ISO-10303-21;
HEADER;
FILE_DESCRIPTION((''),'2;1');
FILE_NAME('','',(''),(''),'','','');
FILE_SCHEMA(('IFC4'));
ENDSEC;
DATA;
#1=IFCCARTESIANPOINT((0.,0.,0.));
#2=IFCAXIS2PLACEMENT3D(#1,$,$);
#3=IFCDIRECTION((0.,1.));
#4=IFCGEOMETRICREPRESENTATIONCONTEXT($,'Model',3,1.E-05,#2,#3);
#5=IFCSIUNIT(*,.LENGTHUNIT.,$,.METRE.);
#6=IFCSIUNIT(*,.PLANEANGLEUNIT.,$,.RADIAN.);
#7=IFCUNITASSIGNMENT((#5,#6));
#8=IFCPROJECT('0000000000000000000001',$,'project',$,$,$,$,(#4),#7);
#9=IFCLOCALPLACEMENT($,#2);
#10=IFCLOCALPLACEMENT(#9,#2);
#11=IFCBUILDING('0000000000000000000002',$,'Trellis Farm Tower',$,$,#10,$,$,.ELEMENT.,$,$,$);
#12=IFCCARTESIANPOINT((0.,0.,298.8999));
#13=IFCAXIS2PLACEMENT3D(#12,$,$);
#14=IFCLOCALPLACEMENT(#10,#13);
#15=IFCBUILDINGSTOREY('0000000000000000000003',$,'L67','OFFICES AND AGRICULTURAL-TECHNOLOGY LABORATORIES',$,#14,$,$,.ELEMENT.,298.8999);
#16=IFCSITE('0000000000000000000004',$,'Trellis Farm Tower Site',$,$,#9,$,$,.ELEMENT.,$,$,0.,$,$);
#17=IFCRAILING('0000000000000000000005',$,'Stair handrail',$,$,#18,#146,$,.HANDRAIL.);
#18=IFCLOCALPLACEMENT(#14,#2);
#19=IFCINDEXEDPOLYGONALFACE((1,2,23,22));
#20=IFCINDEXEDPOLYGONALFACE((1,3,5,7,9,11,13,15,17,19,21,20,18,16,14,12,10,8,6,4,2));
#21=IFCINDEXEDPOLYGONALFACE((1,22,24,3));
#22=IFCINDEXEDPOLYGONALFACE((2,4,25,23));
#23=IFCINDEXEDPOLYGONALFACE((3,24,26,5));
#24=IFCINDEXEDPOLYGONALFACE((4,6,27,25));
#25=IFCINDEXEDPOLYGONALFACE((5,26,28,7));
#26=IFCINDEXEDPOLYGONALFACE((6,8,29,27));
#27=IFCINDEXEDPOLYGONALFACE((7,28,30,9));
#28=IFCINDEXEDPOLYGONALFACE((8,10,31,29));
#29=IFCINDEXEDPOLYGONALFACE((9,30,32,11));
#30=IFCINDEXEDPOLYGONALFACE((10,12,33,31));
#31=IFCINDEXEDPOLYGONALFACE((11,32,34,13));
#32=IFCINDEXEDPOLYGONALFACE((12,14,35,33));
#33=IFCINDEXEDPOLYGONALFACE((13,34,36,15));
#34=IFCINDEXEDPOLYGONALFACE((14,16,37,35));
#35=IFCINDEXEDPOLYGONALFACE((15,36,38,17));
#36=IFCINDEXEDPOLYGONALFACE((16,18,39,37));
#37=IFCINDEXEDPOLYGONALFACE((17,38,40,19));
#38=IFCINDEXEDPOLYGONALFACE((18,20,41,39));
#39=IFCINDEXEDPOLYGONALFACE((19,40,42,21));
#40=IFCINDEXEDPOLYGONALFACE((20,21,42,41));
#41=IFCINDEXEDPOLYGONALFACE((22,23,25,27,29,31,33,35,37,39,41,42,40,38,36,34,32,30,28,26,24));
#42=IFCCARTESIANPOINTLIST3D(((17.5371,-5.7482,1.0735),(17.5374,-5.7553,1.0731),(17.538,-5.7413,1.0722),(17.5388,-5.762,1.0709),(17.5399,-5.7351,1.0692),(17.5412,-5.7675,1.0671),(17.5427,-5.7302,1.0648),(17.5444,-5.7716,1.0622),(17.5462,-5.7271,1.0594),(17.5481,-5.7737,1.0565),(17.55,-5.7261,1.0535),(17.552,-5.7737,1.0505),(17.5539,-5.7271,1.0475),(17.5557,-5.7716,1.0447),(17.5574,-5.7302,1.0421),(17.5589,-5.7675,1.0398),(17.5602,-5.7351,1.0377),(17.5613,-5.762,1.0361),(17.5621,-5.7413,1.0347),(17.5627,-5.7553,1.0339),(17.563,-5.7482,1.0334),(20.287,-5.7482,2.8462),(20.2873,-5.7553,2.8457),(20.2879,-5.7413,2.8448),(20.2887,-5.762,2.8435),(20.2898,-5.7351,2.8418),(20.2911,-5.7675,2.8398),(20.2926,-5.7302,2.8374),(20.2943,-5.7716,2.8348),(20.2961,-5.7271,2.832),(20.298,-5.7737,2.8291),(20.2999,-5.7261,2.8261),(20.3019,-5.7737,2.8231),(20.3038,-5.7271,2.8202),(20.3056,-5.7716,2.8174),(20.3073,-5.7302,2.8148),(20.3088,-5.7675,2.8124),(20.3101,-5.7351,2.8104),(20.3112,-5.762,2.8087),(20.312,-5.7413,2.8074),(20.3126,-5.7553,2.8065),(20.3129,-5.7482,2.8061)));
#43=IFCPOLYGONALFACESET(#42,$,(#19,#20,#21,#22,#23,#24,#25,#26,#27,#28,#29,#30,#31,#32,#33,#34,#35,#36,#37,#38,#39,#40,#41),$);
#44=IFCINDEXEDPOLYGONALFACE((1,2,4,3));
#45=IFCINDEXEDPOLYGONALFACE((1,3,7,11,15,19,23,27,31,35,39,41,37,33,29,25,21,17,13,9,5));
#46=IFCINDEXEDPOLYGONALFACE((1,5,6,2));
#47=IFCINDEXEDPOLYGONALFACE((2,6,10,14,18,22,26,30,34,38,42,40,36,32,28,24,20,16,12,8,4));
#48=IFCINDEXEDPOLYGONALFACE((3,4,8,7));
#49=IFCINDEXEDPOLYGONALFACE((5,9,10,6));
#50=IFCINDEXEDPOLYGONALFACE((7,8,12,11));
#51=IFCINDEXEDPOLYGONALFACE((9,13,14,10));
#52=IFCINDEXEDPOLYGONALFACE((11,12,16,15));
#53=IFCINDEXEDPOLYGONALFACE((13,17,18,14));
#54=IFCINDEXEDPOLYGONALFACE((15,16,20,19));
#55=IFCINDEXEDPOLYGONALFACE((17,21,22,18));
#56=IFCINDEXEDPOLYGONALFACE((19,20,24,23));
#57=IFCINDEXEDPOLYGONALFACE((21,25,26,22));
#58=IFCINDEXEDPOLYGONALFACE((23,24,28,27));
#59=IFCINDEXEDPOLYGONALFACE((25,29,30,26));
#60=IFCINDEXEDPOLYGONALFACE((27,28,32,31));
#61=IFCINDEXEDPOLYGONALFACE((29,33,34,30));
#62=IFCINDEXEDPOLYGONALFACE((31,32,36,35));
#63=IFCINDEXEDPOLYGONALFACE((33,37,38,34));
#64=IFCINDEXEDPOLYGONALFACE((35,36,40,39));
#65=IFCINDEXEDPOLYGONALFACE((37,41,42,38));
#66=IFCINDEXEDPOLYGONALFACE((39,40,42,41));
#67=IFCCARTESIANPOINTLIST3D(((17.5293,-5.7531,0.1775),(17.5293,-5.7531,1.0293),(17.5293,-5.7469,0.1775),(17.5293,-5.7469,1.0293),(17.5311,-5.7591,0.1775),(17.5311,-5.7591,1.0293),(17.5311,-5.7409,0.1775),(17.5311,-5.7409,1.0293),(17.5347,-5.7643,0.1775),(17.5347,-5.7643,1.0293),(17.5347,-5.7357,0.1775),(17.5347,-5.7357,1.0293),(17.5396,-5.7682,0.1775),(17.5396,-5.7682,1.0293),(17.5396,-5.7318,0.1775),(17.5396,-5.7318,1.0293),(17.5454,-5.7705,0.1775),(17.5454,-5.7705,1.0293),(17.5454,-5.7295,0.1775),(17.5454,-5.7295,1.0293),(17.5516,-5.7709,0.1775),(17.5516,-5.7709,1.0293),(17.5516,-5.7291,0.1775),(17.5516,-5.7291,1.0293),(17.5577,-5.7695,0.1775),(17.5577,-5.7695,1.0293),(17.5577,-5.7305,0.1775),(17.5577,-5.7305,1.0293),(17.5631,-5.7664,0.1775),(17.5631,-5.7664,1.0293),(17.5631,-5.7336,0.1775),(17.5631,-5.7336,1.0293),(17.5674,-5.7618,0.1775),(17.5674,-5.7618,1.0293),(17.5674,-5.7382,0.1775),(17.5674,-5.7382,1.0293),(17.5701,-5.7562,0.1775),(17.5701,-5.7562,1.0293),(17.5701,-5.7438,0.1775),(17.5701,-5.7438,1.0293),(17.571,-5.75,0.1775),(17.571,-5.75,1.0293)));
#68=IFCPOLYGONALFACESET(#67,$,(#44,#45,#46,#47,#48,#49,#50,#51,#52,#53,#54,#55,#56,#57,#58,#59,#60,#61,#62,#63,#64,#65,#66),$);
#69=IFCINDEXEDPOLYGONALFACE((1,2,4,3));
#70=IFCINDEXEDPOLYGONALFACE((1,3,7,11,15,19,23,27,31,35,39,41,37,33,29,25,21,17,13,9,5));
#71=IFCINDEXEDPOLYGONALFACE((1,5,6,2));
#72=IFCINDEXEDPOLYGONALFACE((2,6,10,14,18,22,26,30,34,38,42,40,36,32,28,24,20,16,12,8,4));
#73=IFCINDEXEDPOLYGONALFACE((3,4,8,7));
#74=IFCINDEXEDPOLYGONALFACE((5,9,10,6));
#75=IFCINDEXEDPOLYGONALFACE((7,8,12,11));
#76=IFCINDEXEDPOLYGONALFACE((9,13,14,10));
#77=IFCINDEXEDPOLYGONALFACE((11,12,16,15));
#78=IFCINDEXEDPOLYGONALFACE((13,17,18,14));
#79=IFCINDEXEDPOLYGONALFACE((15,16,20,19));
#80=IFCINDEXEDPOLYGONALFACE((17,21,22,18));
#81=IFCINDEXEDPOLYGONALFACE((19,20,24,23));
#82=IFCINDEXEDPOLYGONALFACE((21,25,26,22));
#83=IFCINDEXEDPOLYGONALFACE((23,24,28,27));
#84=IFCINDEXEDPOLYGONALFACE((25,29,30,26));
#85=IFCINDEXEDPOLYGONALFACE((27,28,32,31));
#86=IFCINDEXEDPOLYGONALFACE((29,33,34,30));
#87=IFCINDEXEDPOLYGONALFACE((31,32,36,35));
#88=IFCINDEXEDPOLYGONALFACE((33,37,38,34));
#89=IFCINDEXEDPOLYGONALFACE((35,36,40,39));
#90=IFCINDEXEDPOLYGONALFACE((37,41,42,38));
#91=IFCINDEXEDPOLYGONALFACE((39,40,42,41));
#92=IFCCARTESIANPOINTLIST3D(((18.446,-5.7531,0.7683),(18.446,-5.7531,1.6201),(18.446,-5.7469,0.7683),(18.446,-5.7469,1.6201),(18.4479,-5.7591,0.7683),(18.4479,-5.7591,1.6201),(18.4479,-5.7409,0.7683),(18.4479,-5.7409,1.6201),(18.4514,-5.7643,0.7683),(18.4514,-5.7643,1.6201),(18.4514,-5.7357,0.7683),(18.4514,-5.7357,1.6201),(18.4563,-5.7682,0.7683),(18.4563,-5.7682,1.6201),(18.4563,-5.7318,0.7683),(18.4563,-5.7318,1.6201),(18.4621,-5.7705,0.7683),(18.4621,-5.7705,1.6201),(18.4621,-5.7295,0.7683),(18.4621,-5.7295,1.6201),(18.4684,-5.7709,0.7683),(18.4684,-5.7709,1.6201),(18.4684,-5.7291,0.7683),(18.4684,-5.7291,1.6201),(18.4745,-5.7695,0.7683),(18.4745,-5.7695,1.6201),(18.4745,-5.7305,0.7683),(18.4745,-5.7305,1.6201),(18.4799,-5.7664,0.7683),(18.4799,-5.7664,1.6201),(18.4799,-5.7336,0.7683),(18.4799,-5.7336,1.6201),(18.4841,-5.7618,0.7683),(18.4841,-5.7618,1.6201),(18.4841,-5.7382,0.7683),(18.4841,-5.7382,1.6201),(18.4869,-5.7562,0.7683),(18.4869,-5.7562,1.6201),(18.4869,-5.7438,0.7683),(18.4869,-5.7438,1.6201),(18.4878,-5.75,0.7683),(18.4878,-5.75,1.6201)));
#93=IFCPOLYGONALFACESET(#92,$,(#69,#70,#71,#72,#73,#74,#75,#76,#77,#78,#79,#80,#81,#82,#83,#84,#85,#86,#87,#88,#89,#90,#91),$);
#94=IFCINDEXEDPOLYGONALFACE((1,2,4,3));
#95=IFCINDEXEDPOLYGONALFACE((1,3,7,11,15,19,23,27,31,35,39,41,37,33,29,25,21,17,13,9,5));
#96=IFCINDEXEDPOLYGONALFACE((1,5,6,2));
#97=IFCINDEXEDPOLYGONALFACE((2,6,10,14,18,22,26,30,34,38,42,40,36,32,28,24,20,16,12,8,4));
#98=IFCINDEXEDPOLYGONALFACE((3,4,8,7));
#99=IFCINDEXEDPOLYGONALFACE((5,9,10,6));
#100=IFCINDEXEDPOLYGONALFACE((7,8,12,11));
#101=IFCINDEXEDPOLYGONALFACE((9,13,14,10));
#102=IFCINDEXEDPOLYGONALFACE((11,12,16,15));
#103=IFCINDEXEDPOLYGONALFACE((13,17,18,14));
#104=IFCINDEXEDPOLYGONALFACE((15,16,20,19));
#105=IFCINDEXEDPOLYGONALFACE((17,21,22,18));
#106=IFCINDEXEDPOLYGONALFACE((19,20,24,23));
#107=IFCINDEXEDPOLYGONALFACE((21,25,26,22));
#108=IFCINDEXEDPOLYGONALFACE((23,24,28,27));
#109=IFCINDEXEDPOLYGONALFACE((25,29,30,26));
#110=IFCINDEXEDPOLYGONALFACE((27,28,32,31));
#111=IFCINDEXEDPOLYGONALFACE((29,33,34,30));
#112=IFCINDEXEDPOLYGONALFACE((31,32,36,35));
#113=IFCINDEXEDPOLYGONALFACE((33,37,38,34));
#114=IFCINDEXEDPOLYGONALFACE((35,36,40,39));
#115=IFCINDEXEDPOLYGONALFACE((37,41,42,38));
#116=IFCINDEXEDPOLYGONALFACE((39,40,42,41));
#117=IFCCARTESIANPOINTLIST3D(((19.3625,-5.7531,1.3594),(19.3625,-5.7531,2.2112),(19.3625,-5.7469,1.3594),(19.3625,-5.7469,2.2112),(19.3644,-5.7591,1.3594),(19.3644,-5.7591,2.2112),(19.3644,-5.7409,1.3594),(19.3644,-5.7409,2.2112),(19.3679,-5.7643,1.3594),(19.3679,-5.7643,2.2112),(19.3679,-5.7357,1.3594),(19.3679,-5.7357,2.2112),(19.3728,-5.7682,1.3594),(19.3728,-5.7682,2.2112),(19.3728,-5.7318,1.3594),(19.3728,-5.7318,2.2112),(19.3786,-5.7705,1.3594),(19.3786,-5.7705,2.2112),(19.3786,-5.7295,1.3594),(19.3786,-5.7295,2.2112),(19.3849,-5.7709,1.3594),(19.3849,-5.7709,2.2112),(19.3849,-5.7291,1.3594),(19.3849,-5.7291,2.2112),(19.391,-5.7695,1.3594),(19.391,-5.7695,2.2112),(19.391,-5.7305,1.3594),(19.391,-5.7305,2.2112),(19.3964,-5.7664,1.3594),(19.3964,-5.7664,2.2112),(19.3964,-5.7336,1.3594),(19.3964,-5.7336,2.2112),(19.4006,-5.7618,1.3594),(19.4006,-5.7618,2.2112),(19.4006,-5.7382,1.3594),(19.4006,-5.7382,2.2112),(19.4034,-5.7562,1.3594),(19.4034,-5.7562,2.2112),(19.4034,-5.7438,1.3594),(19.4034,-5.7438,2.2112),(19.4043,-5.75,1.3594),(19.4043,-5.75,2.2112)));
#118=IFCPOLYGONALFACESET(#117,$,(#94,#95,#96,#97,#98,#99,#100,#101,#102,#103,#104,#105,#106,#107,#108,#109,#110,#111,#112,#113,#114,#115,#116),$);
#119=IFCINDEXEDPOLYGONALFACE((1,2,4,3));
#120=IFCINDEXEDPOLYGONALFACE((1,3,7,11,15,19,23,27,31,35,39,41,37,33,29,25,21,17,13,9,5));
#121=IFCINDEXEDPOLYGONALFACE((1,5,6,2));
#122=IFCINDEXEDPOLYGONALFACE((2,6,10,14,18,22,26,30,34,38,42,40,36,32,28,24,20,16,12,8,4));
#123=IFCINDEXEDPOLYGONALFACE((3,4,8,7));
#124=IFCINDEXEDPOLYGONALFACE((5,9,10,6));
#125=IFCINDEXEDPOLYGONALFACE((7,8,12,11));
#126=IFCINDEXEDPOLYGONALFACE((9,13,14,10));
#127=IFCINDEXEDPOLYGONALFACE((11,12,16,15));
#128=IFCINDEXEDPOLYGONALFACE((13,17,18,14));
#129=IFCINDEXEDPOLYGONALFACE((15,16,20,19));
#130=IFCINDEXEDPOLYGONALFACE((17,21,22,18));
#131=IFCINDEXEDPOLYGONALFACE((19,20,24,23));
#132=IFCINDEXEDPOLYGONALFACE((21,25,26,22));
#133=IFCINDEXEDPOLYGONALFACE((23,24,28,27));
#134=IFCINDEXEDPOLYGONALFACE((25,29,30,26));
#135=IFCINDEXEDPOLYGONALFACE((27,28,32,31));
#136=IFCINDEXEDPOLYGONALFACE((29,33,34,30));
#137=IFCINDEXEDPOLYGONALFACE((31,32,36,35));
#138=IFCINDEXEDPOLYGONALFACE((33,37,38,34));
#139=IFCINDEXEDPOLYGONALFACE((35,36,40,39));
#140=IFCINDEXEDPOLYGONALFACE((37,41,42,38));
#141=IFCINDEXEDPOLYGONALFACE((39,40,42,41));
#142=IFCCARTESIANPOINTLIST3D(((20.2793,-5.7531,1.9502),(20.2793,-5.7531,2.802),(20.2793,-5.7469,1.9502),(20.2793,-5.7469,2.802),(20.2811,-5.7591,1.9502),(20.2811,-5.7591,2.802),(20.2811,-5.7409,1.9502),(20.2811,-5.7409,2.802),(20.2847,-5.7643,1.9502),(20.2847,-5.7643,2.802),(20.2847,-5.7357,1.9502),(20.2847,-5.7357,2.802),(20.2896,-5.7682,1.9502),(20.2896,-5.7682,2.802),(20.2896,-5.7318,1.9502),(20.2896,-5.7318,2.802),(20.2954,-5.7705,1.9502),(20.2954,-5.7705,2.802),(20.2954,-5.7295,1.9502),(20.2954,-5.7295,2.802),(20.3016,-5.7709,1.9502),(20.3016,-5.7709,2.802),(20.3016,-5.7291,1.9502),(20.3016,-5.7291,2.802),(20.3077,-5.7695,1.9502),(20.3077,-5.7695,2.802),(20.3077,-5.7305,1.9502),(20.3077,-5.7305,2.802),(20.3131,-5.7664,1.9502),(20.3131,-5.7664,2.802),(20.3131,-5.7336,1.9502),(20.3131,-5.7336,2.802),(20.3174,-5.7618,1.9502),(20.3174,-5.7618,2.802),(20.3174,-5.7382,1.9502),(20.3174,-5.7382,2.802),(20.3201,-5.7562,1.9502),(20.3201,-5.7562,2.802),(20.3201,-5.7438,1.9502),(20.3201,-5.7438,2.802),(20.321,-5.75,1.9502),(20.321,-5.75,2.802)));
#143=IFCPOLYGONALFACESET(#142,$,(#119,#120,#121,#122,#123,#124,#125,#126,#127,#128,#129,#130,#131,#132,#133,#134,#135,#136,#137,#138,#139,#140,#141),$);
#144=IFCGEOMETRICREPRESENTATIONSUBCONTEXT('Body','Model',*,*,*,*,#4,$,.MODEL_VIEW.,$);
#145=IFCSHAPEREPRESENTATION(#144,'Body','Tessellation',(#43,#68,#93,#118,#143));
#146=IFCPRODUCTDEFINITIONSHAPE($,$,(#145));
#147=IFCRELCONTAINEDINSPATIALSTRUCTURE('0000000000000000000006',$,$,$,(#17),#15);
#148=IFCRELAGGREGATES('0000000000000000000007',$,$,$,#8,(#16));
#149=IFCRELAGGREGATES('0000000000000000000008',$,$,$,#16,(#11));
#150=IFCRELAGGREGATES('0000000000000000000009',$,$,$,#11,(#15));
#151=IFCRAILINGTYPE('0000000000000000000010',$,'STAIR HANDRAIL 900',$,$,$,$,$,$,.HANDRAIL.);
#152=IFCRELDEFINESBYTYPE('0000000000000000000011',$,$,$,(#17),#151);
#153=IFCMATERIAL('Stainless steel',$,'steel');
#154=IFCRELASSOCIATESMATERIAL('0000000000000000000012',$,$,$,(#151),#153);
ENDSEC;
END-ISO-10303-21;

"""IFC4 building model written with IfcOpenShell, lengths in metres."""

from ifc_helpers import new_model, si_unit, direction, frame, origin, origin_2d, place, context, subcontext, project, spatial, circle, extrude, source, transform, mapped, material, type_object, element, save


model = new_model("IFC4")

# Units and contexts
model_context = context("Model", 3, precision=1e-05, world=origin(), true_north=direction((0.0, 1.0)))
body_context = subcontext(model_context, "Body", "Model", "MODEL_VIEW")
ifc_project = project(units=[si_unit("LENGTHUNIT", "METRE"), si_unit("PLANEANGLEUNIT", "RADIAN")], contexts=[model_context])

# Site, building, storey
site_placement = place(None, origin())
site = spatial("IfcSite", under=ifc_project, at=site_placement, Name="Trellis Farm Tower Site", CompositionType="ELEMENT", RefElevation=0.0)
building_placement = place(site_placement, origin())
building = spatial("IfcBuilding", under=site, at=building_placement, Name="Trellis Farm Tower", CompositionType="ELEMENT")
storey_placement = place(building_placement, frame((0.0, 0.0, 298.8999)))
storey = spatial("IfcBuildingStorey", under=building, at=storey_placement, Name="L67", Description="OFFICES AND AGRICULTURAL-TECHNOLOGY LABORATORIES", CompositionType="ELEMENT", Elevation=298.8999)

# Railing
ifc_material_1 = material(Name="Stainless steel", Category="steel")
railing_type = type_object("IfcRailingType", Name="STAIR HANDRAIL 900", PredefinedType="HANDRAIL", material=ifc_material_1)
shared_shape_1 = source(origin(), body_context, "Body", "SweptSolid", [
    extrude(circle(Radius=0.0239, at=origin_2d()), frame((0.0, 0.0, 0.876), z_axis=(0.840504, 0.0, 0.541806), x_axis=(0.0, 1.0, 0.0)), (0.0, 0.0, 1.0), 3.2717),
    extrude(circle(Radius=0.021, at=origin_2d()), origin(), (0.0, 0.0, 1.0), 0.8518),
    extrude(circle(Radius=0.021, at=origin_2d()), frame((0.9167, 0.0, 0.5908)), (0.0, 0.0, 1.0), 0.8518),
    extrude(circle(Radius=0.021, at=origin_2d()), frame((1.8333, 0.0, 1.1819)), (0.0, 0.0, 1.0), 0.8518),
    extrude(circle(Radius=0.021, at=origin_2d()), frame((2.75, 0.0, 1.7727)), (0.0, 0.0, 1.0), 0.8518),
])
railing_placement = place(storey_placement, frame((17.55, -5.75, 0.1775)))
element("IfcRailing", 1, at=railing_placement, inside=storey, type_object=railing_type, Name="Stair handrail", PredefinedType="HANDRAIL", context=body_context, shape_type="MappedRepresentation", body=[
    mapped(shared_shape_1, transform((0.0, 0.0, 0.0))),
])

save(model, "model.ifc")
